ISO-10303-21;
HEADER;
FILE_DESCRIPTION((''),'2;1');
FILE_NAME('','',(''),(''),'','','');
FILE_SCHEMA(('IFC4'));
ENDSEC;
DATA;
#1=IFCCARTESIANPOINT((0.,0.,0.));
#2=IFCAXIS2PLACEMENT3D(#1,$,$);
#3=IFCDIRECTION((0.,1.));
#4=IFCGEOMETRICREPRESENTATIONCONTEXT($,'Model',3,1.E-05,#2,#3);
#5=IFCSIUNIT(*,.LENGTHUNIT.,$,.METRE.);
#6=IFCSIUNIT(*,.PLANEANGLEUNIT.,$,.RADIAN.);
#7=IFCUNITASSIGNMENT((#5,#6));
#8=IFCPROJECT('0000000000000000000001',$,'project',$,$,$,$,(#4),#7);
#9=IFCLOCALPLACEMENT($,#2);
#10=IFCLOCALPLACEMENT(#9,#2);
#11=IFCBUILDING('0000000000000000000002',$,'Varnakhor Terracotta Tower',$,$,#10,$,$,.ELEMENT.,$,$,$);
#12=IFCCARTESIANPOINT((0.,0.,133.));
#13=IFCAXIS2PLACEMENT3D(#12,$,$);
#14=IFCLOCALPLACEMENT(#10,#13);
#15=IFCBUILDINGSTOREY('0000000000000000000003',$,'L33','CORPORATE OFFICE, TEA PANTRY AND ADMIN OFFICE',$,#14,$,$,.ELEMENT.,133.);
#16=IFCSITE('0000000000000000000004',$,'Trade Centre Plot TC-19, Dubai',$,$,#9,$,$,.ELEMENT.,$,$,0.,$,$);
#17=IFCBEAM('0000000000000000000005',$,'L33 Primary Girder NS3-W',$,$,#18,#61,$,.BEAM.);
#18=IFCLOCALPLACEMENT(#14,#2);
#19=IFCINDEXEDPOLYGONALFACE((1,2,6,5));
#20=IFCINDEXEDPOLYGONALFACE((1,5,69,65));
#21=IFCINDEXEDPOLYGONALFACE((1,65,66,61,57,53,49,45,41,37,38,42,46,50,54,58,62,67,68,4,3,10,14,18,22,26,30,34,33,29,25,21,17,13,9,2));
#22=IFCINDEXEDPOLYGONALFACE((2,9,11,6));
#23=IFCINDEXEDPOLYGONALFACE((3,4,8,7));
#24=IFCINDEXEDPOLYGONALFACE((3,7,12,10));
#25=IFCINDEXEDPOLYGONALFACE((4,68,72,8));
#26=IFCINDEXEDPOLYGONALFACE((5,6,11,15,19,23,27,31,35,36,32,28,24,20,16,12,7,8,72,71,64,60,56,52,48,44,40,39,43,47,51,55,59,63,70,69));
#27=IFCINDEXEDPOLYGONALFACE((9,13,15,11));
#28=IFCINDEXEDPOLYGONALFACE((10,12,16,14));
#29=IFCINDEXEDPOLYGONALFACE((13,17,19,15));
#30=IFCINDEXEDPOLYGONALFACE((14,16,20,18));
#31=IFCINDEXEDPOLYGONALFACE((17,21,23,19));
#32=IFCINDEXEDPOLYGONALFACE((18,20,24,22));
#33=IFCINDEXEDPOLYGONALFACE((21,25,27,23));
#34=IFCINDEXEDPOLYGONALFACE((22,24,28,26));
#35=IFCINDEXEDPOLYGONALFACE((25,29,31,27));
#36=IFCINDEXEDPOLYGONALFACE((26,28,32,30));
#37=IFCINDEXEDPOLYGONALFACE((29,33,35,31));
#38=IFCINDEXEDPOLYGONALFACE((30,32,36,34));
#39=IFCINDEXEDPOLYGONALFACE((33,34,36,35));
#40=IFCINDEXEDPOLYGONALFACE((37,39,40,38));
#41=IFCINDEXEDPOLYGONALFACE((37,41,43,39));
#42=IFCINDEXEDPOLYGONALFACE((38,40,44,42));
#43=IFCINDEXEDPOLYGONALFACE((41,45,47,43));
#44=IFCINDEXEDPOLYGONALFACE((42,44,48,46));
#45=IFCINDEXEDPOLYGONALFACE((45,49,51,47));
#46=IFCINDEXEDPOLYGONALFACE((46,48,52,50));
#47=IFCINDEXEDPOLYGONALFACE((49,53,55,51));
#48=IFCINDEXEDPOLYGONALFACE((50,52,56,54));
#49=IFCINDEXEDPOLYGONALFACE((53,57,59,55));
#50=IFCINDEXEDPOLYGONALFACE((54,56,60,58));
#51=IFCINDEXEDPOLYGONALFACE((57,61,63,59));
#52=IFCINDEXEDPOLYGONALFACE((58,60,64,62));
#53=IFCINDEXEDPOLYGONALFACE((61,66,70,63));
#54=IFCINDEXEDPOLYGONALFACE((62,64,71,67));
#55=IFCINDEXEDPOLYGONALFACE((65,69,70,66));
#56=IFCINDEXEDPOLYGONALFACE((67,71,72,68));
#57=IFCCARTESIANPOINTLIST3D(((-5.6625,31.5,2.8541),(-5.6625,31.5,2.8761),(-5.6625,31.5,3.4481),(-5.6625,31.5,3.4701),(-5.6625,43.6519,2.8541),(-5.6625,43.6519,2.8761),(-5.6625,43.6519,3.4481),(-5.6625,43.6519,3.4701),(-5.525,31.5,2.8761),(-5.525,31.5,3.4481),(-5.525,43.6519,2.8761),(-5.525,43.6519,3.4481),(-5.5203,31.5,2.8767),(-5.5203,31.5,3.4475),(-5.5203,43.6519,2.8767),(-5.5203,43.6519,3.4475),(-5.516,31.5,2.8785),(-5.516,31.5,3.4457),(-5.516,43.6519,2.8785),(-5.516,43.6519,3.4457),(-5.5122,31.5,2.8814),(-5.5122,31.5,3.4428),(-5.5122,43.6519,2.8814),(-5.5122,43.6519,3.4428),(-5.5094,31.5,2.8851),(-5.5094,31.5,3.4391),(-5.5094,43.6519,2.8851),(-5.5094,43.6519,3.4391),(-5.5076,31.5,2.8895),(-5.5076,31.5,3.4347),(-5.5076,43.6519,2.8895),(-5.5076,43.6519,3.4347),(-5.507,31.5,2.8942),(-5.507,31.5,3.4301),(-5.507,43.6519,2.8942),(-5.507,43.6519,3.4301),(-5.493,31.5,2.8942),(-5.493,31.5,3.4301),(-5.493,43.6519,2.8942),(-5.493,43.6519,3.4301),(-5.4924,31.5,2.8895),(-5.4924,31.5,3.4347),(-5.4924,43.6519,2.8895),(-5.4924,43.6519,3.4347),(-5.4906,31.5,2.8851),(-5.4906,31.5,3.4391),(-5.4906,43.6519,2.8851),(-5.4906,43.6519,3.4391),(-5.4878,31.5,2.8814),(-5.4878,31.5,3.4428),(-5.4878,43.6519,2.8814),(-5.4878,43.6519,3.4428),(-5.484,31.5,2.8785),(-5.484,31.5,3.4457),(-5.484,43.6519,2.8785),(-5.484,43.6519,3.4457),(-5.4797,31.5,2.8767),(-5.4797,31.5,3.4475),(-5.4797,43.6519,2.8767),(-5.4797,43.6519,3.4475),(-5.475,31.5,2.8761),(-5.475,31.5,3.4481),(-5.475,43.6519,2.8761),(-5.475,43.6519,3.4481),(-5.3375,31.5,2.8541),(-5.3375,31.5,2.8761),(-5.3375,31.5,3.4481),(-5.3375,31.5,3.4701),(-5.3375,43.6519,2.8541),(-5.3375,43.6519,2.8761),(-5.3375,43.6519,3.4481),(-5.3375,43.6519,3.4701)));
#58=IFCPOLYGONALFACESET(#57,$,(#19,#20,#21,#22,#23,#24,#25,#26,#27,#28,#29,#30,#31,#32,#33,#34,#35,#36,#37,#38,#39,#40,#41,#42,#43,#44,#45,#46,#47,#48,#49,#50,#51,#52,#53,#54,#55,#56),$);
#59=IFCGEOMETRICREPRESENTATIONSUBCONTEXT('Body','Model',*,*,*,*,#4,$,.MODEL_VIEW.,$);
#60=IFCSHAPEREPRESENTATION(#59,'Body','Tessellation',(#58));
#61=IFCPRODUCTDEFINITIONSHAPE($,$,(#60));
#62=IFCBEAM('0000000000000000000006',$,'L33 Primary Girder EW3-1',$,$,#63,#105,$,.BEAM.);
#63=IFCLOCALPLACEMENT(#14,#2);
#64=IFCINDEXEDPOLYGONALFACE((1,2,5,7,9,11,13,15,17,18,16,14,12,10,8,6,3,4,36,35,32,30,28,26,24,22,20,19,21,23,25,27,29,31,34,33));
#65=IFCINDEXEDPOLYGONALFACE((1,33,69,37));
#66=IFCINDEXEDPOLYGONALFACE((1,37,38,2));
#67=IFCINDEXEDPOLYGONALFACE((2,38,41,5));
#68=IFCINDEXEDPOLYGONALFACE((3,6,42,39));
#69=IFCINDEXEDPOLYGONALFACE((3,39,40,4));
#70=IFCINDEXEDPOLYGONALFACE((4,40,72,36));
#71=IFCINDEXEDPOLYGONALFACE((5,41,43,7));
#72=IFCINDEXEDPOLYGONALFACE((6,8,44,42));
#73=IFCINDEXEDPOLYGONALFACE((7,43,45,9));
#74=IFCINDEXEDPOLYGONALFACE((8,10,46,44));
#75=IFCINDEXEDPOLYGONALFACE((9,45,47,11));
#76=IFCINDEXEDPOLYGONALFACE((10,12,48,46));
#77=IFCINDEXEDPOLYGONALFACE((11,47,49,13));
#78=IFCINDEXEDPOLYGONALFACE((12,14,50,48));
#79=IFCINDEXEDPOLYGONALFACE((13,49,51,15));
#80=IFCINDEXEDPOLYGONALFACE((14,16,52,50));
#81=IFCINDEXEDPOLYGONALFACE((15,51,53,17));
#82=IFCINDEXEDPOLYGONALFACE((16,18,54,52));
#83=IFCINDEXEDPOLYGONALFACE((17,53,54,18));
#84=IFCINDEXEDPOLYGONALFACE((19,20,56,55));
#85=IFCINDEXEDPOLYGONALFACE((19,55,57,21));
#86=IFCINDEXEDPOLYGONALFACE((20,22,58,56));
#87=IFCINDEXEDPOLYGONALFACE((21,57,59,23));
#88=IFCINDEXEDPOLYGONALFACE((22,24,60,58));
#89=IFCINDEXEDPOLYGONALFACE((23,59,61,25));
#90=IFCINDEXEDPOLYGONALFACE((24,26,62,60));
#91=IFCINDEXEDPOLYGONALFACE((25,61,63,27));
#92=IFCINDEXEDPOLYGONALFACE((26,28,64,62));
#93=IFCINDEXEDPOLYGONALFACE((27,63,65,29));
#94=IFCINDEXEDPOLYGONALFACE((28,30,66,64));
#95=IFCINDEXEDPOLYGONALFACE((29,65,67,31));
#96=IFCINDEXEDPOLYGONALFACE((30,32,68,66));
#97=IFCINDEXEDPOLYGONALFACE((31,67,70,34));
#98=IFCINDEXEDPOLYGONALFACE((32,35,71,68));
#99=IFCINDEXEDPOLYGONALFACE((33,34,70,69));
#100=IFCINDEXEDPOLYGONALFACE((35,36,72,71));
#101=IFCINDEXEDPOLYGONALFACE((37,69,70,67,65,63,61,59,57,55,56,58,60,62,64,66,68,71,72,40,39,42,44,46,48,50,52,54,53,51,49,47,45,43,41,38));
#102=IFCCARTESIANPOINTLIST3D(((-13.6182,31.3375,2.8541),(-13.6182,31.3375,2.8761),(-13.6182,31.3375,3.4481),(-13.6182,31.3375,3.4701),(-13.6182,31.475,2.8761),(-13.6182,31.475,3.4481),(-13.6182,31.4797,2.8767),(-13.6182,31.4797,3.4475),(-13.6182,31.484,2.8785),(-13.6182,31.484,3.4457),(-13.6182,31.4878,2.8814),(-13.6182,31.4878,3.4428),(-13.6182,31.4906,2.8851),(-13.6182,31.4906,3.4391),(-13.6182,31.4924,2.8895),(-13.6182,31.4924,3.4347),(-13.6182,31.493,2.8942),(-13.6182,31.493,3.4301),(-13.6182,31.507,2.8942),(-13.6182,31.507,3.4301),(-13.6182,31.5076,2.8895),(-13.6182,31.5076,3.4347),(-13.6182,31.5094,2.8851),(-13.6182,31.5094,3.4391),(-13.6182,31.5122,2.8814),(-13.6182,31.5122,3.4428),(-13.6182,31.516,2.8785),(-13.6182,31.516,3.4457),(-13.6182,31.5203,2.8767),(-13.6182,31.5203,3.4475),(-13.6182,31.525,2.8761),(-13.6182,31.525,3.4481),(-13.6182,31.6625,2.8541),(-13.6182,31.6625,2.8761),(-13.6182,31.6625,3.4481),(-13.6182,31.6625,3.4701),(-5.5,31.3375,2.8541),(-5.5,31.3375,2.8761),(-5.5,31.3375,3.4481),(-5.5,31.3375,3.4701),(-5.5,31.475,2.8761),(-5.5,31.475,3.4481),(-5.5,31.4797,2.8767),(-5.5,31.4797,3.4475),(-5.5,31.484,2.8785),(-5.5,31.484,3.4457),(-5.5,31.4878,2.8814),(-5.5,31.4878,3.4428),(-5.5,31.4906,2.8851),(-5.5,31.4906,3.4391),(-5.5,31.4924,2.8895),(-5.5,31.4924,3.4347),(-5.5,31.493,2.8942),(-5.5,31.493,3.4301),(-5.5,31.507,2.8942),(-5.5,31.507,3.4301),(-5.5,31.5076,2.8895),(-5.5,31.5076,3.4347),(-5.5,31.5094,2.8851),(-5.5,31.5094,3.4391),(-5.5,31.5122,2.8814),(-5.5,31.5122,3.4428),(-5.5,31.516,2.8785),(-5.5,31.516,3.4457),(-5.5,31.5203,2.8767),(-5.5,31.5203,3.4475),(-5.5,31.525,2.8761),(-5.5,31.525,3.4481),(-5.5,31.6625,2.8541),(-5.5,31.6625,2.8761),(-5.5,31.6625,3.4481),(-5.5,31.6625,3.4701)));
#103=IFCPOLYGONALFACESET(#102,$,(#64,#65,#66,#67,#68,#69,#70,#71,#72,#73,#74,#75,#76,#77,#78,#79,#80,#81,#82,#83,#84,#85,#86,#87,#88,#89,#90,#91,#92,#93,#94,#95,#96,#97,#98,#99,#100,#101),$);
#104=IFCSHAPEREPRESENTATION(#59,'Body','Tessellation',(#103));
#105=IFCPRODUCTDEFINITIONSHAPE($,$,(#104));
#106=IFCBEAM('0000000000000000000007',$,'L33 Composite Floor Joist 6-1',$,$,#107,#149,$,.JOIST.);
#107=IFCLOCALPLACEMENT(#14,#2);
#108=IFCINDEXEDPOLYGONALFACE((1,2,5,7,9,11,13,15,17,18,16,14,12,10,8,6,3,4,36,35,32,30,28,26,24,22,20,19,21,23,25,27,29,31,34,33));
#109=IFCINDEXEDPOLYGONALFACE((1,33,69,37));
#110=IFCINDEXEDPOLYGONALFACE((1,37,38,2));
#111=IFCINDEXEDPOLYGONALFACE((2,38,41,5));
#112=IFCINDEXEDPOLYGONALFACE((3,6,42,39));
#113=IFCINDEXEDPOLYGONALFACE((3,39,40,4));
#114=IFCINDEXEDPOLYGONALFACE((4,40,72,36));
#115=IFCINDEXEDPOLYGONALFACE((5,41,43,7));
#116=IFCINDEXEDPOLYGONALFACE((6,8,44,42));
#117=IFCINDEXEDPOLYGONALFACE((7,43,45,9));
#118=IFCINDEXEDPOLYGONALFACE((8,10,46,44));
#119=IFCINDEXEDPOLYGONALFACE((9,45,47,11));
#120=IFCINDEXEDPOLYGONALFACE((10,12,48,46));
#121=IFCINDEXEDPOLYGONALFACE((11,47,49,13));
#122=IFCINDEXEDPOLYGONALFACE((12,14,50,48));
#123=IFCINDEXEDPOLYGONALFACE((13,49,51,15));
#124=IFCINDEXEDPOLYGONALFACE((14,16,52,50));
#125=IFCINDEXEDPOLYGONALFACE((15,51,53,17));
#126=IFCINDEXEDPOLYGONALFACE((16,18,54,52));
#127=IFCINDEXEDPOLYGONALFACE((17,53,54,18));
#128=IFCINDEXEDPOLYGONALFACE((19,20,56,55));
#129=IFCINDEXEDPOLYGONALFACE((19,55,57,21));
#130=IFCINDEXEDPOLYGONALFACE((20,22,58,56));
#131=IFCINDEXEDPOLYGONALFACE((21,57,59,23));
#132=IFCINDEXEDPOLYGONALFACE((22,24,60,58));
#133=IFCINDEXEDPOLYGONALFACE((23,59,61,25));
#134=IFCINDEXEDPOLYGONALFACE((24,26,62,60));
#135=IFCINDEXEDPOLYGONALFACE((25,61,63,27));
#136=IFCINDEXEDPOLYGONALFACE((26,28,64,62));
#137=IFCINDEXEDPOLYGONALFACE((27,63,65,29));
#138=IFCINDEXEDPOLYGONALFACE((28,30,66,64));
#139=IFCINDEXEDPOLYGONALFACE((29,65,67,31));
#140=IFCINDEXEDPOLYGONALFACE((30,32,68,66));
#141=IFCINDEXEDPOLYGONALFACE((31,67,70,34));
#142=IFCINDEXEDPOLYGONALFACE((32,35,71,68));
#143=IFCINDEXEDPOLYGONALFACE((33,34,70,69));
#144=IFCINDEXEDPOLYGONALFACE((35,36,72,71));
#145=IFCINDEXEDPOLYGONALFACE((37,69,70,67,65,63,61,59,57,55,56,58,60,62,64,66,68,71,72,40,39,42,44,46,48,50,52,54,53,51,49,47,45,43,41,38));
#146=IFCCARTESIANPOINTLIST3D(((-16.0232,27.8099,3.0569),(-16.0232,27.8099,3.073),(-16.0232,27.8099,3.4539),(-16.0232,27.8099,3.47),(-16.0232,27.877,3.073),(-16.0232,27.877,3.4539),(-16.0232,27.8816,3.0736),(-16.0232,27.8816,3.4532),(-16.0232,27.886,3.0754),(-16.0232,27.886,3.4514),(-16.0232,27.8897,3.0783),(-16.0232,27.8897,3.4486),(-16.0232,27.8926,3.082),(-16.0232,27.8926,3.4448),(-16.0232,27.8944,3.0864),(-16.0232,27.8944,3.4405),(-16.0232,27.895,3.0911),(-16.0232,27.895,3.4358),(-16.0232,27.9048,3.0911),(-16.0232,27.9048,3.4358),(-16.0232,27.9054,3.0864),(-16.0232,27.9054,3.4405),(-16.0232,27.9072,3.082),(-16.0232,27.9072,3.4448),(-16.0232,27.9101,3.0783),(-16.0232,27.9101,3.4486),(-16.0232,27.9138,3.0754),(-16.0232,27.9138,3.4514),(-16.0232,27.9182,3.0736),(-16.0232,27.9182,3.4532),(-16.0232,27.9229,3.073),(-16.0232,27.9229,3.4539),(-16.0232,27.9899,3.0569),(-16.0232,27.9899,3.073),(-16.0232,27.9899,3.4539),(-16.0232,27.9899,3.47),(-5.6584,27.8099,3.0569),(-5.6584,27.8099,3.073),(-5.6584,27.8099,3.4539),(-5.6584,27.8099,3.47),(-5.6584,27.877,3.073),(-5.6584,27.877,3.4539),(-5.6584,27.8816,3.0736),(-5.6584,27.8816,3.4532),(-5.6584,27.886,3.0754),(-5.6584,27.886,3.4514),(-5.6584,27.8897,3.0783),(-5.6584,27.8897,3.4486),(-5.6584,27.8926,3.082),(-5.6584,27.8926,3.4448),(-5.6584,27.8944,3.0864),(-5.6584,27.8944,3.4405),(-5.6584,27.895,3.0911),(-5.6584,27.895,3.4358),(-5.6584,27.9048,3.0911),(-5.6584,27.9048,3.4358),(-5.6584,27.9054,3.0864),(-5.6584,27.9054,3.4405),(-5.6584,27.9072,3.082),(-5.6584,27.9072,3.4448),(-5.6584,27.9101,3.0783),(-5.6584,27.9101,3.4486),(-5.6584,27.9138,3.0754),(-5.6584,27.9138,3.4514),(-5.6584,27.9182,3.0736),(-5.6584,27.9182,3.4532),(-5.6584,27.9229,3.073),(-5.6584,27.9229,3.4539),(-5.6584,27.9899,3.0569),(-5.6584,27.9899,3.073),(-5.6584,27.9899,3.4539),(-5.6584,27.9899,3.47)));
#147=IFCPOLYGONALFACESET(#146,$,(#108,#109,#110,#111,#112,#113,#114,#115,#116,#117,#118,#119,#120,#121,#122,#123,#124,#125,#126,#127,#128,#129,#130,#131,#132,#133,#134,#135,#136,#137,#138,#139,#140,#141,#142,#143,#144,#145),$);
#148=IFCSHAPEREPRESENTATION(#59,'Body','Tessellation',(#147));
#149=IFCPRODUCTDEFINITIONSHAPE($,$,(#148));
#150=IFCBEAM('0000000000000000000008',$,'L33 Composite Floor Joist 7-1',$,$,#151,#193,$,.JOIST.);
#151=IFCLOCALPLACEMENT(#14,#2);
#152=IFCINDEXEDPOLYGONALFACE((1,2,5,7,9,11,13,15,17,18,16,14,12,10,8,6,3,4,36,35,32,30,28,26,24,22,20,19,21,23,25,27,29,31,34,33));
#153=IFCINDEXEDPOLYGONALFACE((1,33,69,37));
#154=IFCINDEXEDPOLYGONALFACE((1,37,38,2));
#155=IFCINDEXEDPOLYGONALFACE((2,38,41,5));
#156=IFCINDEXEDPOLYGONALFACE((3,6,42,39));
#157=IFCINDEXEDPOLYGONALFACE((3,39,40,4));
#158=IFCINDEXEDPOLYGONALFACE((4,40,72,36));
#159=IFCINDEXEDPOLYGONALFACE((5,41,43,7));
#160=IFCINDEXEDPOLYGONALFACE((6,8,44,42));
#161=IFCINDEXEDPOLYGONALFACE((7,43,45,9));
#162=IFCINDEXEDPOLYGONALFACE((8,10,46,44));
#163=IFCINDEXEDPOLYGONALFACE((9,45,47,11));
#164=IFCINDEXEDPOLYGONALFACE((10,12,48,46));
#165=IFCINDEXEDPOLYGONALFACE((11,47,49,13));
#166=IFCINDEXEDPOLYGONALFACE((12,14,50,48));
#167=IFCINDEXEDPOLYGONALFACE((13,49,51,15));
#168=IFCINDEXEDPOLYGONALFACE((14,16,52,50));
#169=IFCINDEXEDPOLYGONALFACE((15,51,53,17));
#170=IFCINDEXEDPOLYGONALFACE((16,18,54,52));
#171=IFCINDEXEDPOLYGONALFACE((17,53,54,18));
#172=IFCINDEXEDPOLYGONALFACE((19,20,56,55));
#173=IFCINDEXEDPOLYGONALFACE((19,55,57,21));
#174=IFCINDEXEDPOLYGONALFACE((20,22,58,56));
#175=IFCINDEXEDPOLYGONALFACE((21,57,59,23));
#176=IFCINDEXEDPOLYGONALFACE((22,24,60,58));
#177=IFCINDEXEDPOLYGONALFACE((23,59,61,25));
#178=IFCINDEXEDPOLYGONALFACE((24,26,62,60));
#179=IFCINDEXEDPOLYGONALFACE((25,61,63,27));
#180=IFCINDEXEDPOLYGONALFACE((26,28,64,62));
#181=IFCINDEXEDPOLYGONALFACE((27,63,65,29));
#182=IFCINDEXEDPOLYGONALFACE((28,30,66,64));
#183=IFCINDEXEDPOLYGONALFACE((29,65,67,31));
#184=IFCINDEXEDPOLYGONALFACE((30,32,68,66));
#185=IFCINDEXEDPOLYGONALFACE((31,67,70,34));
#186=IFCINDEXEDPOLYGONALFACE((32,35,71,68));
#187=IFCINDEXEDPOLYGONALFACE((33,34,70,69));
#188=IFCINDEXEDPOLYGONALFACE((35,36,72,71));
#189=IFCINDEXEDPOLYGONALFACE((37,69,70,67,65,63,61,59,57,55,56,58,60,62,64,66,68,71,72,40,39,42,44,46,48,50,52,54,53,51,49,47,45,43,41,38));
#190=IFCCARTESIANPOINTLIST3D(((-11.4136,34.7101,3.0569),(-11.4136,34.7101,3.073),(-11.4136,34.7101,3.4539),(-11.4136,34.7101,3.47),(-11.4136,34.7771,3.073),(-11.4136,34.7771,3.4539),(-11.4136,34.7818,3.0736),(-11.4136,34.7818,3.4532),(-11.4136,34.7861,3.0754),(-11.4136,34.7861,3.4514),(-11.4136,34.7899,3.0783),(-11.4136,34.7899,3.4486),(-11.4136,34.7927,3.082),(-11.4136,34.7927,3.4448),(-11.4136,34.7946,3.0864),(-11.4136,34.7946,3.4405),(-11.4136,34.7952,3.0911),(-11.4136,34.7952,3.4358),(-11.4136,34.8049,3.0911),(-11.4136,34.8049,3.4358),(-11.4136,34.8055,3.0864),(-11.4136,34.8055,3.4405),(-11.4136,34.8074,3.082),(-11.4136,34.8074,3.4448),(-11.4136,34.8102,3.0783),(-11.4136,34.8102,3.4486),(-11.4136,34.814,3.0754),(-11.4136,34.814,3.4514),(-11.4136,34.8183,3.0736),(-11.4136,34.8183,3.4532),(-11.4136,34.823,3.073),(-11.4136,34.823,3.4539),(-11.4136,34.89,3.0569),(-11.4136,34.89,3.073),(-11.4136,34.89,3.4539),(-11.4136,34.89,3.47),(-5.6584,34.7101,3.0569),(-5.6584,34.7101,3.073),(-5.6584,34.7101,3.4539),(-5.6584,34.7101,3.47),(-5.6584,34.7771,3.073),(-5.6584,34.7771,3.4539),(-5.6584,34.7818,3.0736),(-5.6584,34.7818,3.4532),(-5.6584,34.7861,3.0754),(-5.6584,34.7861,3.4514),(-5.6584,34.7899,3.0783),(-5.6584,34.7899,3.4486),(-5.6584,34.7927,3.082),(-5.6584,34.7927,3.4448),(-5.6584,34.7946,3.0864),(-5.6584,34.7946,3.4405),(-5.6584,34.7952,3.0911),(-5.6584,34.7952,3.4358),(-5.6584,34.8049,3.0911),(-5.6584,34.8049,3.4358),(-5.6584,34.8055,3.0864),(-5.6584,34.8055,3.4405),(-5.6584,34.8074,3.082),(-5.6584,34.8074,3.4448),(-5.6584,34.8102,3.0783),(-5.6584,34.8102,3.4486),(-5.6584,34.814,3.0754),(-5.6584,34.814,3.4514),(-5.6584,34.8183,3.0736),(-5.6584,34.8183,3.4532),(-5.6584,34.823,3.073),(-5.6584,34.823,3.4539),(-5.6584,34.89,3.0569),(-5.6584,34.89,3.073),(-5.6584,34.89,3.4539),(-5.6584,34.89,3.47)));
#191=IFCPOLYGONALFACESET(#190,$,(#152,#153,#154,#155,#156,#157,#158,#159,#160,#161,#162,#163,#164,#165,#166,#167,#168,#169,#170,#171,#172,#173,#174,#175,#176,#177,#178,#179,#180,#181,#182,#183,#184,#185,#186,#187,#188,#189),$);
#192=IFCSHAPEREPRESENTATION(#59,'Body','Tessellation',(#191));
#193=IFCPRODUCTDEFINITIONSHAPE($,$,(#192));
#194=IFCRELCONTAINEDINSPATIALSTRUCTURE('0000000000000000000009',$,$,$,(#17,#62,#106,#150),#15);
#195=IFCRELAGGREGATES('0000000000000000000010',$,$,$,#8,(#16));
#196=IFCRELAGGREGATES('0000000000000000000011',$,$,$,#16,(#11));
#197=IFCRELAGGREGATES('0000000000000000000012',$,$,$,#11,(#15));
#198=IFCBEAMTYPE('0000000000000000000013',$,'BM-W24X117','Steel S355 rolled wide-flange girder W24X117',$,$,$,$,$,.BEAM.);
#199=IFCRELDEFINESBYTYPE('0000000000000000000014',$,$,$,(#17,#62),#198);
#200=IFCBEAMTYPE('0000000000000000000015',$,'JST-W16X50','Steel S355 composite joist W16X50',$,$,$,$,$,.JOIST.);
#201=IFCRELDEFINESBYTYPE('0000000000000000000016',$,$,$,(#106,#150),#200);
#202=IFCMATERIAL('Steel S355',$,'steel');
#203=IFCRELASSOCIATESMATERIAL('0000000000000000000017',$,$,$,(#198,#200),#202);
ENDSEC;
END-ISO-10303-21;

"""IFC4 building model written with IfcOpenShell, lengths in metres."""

from ifc_helpers import new_model, si_unit, direction, frame, origin, origin_2d, place, context, subcontext, project, spatial, i_section, extrude, source, transform, mapped, material, material_profile, profile_set, type_object, element, save


model = new_model("IFC4")

# Units and contexts
model_context = context("Model", 3, precision=1e-05, world=origin(), true_north=direction((0.0, 1.0)))
body_context = subcontext(model_context, "Body", "Model", "MODEL_VIEW")
ifc_project = project(units=[si_unit("LENGTHUNIT", "METRE"), si_unit("PLANEANGLEUNIT", "RADIAN")], contexts=[model_context])

# Site, building, storey
site_placement = place(None, origin())
site = spatial("IfcSite", under=ifc_project, at=site_placement, Name="Trade Centre Plot TC-19, Dubai", CompositionType="ELEMENT", RefElevation=0.0)
building_placement = place(site_placement, origin())
building = spatial("IfcBuilding", under=site, at=building_placement, Name="Varnakhor Terracotta Tower", CompositionType="ELEMENT")
storey_placement = place(building_placement, frame((0.0, 0.0, 133.0)))
storey = spatial("IfcBuildingStorey", under=building, at=storey_placement, Name="L33", Description="CORPORATE OFFICE, TEA PANTRY AND ADMIN OFFICE", CompositionType="ELEMENT", Elevation=133.0)

# Beams
ifc_material_1 = material(Name="Steel S355", Category="steel")
ifc_material_profile_1 = material_profile(ifc_material_1, i_section(OverallWidth=0.325, OverallDepth=0.616, WebThickness=0.0139, FlangeThickness=0.022, FilletRadius=0.0181, at=origin_2d()), Name="W24X117")
ifc_profile_set_1 = profile_set([ifc_material_profile_1], Name="Steel S355")
beam_type_1 = type_object("IfcBeamType", Name="BM-W24X117", Description="Steel S355 rolled wide-flange girder W24X117", PredefinedType="BEAM", material=ifc_profile_set_1)
ifc_material_profile_2 = material_profile(ifc_material_1, i_section(OverallWidth=0.1799, OverallDepth=0.4131, WebThickness=0.0098, FlangeThickness=0.0161, FilletRadius=0.0181, at=origin_2d()), Name="W16X50")
ifc_profile_set_2 = profile_set([ifc_material_profile_2], Name="Steel S355")
beam_type_2 = type_object("IfcBeamType", Name="JST-W16X50", Description="Steel S355 composite joist W16X50", PredefinedType="JOIST", material=ifc_profile_set_2)
shared_shape_1 = source(origin(), body_context, "Body", "SweptSolid", [
    extrude(i_section(OverallWidth=0.325, OverallDepth=0.616, WebThickness=0.0139, FlangeThickness=0.022, FilletRadius=0.0181, at=origin_2d()), origin(), (0.0, 0.0, 1.0), 12.1519),
])
beam_1_placement = place(storey_placement, frame((-5.5, 31.5, 3.1621), z_axis=(0.0, 1.0, 0.0), x_axis=(-1.0, 0.0, 0.0)))
element("IfcBeam", 1, at=beam_1_placement, inside=storey, type_object=beam_type_1, Name="L33 Primary Girder NS3-W", PredefinedType="BEAM", context=body_context, shape_type="MappedRepresentation", body=[
    mapped(shared_shape_1, transform((0.0, 0.0, 0.0), scale=1.0)),
])
shared_shape_2 = source(origin(), body_context, "Body", "SweptSolid", [
    extrude(i_section(OverallWidth=0.325, OverallDepth=0.616, WebThickness=0.0139, FlangeThickness=0.022, FilletRadius=0.0181, at=origin_2d()), origin(), (0.0, 0.0, 1.0), 8.1182),
])
beam_2_placement = place(storey_placement, frame((-13.6182, 31.5, 3.1621), z_axis=(1.0, 0.0, 0.0), x_axis=(0.0, 1.0, 0.0)))
element("IfcBeam", 2, at=beam_2_placement, inside=storey, type_object=beam_type_1, Name="L33 Primary Girder EW3-1", PredefinedType="BEAM", context=body_context, shape_type="MappedRepresentation", body=[
    mapped(shared_shape_2, transform((0.0, 0.0, 0.0), scale=1.0)),
])
shared_shape_3 = source(origin(), body_context, "Body", "SweptSolid", [
    extrude(i_section(OverallWidth=0.1799, OverallDepth=0.4131, WebThickness=0.0098, FlangeThickness=0.0161, FilletRadius=0.0181, at=origin_2d()), origin(), (0.0, 0.0, 1.0), 10.3647),
])
beam_3_placement = place(storey_placement, frame((-16.0232, 27.8999, 3.2634), z_axis=(1.0, 0.0, 0.0), x_axis=(0.0, 1.0, 0.0)))
element("IfcBeam", 3, at=beam_3_placement, inside=storey, type_object=beam_type_2, Name="L33 Composite Floor Joist 6-1", PredefinedType="JOIST", context=body_context, shape_type="MappedRepresentation", body=[
    mapped(shared_shape_3, transform((0.0, 0.0, 0.0), scale=1.0)),
])
shared_shape_4 = source(origin(), body_context, "Body", "SweptSolid", [
    extrude(i_section(OverallWidth=0.1799, OverallDepth=0.4131, WebThickness=0.0098, FlangeThickness=0.0161, FilletRadius=0.0181, at=origin_2d()), origin(), (0.0, 0.0, 1.0), 5.7551),
])
beam_4_placement = place(storey_placement, frame((-11.4136, 34.8, 3.2634), z_axis=(1.0, 0.0, 0.0), x_axis=(0.0, 1.0, 0.0)))
element("IfcBeam", 4, at=beam_4_placement, inside=storey, type_object=beam_type_2, Name="L33 Composite Floor Joist 7-1", PredefinedType="JOIST", context=body_context, shape_type="MappedRepresentation", body=[
    mapped(shared_shape_4, transform((0.0, 0.0, 0.0), scale=1.0)),
])

save(model, "model.ifc")
